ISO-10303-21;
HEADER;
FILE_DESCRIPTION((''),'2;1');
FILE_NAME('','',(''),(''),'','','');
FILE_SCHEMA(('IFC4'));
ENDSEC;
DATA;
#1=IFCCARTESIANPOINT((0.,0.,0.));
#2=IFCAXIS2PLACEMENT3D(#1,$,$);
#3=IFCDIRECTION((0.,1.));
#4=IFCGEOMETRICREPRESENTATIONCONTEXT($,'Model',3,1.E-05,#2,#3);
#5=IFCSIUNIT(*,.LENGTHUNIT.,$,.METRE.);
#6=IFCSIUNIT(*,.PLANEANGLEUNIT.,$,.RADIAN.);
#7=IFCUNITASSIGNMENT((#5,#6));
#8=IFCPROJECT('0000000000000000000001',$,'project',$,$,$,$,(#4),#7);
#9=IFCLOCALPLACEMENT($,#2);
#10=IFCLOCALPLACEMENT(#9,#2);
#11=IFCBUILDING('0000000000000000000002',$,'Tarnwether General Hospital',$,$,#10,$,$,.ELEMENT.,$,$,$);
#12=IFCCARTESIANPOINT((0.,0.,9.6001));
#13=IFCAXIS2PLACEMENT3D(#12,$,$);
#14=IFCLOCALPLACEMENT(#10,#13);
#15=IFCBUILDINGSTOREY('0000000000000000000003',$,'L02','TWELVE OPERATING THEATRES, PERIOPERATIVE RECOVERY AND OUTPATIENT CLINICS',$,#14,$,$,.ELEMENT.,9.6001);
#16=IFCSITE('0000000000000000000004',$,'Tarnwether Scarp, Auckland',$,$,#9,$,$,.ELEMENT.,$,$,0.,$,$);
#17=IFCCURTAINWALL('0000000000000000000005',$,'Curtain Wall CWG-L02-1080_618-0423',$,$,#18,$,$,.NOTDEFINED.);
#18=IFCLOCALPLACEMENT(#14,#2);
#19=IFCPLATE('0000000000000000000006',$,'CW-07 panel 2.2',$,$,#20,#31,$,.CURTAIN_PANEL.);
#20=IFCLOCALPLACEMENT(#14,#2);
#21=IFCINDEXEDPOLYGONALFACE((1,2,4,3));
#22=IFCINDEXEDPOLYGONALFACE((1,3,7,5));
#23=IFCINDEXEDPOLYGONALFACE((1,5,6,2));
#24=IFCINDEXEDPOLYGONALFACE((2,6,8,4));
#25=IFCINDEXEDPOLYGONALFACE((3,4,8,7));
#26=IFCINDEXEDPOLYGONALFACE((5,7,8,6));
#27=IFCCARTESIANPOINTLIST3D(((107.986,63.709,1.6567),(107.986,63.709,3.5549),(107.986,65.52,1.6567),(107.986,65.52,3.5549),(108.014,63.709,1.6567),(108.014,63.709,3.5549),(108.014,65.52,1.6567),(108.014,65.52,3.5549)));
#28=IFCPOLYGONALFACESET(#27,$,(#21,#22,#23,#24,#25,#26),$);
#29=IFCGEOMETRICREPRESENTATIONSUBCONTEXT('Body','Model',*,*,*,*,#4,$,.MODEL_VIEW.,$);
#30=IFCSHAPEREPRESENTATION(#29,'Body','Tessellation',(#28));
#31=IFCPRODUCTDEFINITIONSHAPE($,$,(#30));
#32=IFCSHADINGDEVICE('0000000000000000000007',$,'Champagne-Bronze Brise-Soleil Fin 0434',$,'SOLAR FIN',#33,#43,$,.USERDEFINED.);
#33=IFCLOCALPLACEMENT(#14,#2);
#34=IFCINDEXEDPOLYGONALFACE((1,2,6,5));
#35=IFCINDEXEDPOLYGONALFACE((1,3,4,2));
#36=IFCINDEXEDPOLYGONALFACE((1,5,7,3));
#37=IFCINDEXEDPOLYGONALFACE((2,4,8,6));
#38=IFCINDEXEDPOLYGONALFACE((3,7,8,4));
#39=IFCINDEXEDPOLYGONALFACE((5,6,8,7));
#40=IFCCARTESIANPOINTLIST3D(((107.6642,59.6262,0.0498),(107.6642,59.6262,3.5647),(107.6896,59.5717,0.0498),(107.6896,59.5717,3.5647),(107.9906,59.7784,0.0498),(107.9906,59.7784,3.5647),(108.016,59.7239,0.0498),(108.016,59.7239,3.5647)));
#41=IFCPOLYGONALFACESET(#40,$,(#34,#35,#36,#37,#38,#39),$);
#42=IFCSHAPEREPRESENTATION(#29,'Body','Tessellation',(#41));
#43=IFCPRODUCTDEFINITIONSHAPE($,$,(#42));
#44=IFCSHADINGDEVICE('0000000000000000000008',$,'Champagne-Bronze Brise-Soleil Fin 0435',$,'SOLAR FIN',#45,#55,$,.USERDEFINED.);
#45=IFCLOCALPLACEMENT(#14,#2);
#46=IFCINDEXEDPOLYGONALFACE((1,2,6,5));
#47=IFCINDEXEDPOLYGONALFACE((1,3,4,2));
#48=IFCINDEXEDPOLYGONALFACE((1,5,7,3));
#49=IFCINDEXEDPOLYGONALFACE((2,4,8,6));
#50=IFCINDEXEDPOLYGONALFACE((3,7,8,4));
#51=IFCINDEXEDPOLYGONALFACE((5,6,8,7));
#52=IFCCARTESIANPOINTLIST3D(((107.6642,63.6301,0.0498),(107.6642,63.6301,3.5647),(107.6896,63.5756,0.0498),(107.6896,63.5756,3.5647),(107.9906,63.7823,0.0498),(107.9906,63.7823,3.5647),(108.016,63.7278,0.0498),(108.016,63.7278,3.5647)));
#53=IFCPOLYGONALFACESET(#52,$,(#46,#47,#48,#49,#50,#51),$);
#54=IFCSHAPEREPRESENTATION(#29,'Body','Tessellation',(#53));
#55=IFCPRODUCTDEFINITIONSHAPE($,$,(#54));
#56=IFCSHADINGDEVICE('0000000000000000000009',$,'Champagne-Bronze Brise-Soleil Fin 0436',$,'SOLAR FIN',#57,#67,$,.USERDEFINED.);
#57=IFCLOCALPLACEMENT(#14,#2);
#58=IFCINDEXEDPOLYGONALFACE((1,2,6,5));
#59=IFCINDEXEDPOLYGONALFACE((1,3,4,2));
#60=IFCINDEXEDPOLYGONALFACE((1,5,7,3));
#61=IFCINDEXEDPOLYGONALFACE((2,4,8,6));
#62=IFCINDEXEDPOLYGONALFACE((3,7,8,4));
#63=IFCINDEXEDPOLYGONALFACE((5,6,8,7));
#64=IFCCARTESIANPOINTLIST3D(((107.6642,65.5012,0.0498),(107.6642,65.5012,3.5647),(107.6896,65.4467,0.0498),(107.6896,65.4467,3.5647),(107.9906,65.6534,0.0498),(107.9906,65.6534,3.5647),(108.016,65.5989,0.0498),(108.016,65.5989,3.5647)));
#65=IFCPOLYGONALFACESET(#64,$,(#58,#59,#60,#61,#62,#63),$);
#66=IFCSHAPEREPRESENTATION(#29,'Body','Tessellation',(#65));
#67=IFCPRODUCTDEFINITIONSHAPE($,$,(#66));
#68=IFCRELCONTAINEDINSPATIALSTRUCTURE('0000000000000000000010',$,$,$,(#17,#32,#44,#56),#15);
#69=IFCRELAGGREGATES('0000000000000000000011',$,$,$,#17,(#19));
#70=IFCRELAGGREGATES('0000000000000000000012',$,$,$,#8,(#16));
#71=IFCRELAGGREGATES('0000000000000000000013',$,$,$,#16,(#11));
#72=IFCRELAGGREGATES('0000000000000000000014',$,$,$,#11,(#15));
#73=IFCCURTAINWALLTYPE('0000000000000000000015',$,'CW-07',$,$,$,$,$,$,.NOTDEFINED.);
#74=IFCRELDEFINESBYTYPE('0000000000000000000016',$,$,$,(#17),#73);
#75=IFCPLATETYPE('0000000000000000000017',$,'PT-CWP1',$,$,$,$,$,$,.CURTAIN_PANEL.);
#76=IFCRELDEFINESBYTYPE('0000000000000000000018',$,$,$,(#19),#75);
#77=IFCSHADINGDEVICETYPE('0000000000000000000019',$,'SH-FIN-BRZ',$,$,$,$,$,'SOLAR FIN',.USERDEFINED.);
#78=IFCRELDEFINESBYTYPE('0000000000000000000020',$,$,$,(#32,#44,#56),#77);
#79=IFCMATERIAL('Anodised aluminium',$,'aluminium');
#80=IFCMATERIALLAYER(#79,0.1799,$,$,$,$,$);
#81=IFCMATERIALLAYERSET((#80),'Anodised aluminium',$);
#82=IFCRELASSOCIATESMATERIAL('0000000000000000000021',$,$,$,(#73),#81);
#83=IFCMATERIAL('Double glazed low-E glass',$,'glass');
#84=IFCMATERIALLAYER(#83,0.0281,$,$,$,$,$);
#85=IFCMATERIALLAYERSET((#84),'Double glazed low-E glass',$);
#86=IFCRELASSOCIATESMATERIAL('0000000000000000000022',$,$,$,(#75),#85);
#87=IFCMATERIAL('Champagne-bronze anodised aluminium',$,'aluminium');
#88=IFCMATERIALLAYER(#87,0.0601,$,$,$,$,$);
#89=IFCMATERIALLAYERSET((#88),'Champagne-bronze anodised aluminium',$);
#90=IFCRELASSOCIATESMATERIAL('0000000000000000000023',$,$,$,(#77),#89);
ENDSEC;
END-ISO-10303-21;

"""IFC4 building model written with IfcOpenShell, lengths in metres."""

from ifc_helpers import new_model, si_unit, direction, frame, origin, origin_2d, place, context, subcontext, project, spatial, rectangle, extrude, material, layer, layer_set, type_object, element, aggregate, save


model = new_model("IFC4")

# Units and contexts
model_context = context("Model", 3, precision=1e-05, world=origin(), true_north=direction((0.0, 1.0)))
body_context = subcontext(model_context, "Body", "Model", "MODEL_VIEW")
ifc_project = project(units=[si_unit("LENGTHUNIT", "METRE"), si_unit("PLANEANGLEUNIT", "RADIAN")], contexts=[model_context])

# Site, building, storey
site_placement = place(None, origin())
site = spatial("IfcSite", under=ifc_project, at=site_placement, Name="Tarnwether Scarp, Auckland", CompositionType="ELEMENT", RefElevation=0.0)
building_placement = place(site_placement, origin())
building = spatial("IfcBuilding", under=site, at=building_placement, Name="Tarnwether General Hospital", CompositionType="ELEMENT")
storey_placement = place(building_placement, frame((0.0, 0.0, 9.6001)))
storey = spatial("IfcBuildingStorey", under=building, at=storey_placement, Name="L02", Description="TWELVE OPERATING THEATRES, PERIOPERATIVE RECOVERY AND OUTPATIENT CLINICS", CompositionType="ELEMENT", Elevation=9.6001)

# Curtain wall
ifc_material_1 = material(Name="Anodised aluminium", Category="aluminium")
ifc_layer_1 = layer(ifc_material_1, 0.1799)
ifc_layer_set_1 = layer_set([ifc_layer_1], Name="Anodised aluminium")
curtain_wall_type = type_object("IfcCurtainWallType", Name="CW-07", PredefinedType="NOTDEFINED", material=ifc_layer_set_1)
curtain_wall_1_placement = place(storey_placement, origin())
curtain_wall_1 = element("IfcCurtainWall", 1, at=curtain_wall_1_placement, inside=storey, type_object=curtain_wall_type, Name="Curtain Wall CWG-L02-1080_618-0423", PredefinedType="NOTDEFINED")

# Plate
ifc_material_2 = material(Name="Double glazed low-E glass", Category="glass")
ifc_layer_2 = layer(ifc_material_2, 0.0281)
ifc_layer_set_2 = layer_set([ifc_layer_2], Name="Double glazed low-E glass")
plate_type = type_object("IfcPlateType", Name="PT-CWP1", PredefinedType="CURTAIN_PANEL", material=ifc_layer_set_2)
plate_1_placement = place(storey_placement, frame((108.0, 64.6145, 1.6567), z_axis=(0.0, 0.0, 1.0), x_axis=(0.0, 1.0, 0.0)))
plate_1 = element("IfcPlate", 2, at=plate_1_placement, type_object=plate_type, Name="CW-07 panel 2.2", PredefinedType="CURTAIN_PANEL", context=body_context, shape_type="SweptSolid", body=[
    extrude(rectangle(XDim=1.811, YDim=0.0281, at=origin_2d()), origin(), (0.0, 0.0, 1.0), 1.8982),
])
aggregate(curtain_wall_1, [plate_1])

# Shading devices
ifc_material_3 = material(Name="Champagne-bronze anodised aluminium", Category="aluminium")
ifc_layer_3 = layer(ifc_material_3, 0.0601)
ifc_layer_set_3 = layer_set([ifc_layer_3], Name="Champagne-bronze anodised aluminium")
shading_device_type = type_object("IfcShadingDeviceType", Name="SH-FIN-BRZ", ElementType="SOLAR FIN", PredefinedType="USERDEFINED", material=ifc_layer_set_3)
for number, where, z_axis, x_axis, name in (
    (3, (107.8401, 59.675, 0.0498), (0.0, 0.0, 1.0), (-0.422618, 0.906308, 0.0), "Champagne-Bronze Brise-Soleil Fin 0434"),
    (4, (107.8401, 63.679, 0.0498), (0.0, 0.0, 1.0), (-0.422618, 0.906308, 0.0), "Champagne-Bronze Brise-Soleil Fin 0435"),
    (5, (107.8401, 65.55, 0.0498), (0.0, 0.0, 1.0), (-0.422618, 0.906308, 0.0), "Champagne-Bronze Brise-Soleil Fin 0436"),
):
    element("IfcShadingDevice", number, at=place(storey_placement, frame(where, z_axis=z_axis, x_axis=x_axis)), inside=storey, type_object=shading_device_type, Name=name, ObjectType="SOLAR FIN", PredefinedType="USERDEFINED", context=body_context, shape_type="SweptSolid", body=[
        extrude(rectangle(XDim=0.0601, YDim=0.3601, at=origin_2d()), origin(), (0.0, 0.0, 1.0), 3.5149),
    ])

save(model, "model.ifc")
